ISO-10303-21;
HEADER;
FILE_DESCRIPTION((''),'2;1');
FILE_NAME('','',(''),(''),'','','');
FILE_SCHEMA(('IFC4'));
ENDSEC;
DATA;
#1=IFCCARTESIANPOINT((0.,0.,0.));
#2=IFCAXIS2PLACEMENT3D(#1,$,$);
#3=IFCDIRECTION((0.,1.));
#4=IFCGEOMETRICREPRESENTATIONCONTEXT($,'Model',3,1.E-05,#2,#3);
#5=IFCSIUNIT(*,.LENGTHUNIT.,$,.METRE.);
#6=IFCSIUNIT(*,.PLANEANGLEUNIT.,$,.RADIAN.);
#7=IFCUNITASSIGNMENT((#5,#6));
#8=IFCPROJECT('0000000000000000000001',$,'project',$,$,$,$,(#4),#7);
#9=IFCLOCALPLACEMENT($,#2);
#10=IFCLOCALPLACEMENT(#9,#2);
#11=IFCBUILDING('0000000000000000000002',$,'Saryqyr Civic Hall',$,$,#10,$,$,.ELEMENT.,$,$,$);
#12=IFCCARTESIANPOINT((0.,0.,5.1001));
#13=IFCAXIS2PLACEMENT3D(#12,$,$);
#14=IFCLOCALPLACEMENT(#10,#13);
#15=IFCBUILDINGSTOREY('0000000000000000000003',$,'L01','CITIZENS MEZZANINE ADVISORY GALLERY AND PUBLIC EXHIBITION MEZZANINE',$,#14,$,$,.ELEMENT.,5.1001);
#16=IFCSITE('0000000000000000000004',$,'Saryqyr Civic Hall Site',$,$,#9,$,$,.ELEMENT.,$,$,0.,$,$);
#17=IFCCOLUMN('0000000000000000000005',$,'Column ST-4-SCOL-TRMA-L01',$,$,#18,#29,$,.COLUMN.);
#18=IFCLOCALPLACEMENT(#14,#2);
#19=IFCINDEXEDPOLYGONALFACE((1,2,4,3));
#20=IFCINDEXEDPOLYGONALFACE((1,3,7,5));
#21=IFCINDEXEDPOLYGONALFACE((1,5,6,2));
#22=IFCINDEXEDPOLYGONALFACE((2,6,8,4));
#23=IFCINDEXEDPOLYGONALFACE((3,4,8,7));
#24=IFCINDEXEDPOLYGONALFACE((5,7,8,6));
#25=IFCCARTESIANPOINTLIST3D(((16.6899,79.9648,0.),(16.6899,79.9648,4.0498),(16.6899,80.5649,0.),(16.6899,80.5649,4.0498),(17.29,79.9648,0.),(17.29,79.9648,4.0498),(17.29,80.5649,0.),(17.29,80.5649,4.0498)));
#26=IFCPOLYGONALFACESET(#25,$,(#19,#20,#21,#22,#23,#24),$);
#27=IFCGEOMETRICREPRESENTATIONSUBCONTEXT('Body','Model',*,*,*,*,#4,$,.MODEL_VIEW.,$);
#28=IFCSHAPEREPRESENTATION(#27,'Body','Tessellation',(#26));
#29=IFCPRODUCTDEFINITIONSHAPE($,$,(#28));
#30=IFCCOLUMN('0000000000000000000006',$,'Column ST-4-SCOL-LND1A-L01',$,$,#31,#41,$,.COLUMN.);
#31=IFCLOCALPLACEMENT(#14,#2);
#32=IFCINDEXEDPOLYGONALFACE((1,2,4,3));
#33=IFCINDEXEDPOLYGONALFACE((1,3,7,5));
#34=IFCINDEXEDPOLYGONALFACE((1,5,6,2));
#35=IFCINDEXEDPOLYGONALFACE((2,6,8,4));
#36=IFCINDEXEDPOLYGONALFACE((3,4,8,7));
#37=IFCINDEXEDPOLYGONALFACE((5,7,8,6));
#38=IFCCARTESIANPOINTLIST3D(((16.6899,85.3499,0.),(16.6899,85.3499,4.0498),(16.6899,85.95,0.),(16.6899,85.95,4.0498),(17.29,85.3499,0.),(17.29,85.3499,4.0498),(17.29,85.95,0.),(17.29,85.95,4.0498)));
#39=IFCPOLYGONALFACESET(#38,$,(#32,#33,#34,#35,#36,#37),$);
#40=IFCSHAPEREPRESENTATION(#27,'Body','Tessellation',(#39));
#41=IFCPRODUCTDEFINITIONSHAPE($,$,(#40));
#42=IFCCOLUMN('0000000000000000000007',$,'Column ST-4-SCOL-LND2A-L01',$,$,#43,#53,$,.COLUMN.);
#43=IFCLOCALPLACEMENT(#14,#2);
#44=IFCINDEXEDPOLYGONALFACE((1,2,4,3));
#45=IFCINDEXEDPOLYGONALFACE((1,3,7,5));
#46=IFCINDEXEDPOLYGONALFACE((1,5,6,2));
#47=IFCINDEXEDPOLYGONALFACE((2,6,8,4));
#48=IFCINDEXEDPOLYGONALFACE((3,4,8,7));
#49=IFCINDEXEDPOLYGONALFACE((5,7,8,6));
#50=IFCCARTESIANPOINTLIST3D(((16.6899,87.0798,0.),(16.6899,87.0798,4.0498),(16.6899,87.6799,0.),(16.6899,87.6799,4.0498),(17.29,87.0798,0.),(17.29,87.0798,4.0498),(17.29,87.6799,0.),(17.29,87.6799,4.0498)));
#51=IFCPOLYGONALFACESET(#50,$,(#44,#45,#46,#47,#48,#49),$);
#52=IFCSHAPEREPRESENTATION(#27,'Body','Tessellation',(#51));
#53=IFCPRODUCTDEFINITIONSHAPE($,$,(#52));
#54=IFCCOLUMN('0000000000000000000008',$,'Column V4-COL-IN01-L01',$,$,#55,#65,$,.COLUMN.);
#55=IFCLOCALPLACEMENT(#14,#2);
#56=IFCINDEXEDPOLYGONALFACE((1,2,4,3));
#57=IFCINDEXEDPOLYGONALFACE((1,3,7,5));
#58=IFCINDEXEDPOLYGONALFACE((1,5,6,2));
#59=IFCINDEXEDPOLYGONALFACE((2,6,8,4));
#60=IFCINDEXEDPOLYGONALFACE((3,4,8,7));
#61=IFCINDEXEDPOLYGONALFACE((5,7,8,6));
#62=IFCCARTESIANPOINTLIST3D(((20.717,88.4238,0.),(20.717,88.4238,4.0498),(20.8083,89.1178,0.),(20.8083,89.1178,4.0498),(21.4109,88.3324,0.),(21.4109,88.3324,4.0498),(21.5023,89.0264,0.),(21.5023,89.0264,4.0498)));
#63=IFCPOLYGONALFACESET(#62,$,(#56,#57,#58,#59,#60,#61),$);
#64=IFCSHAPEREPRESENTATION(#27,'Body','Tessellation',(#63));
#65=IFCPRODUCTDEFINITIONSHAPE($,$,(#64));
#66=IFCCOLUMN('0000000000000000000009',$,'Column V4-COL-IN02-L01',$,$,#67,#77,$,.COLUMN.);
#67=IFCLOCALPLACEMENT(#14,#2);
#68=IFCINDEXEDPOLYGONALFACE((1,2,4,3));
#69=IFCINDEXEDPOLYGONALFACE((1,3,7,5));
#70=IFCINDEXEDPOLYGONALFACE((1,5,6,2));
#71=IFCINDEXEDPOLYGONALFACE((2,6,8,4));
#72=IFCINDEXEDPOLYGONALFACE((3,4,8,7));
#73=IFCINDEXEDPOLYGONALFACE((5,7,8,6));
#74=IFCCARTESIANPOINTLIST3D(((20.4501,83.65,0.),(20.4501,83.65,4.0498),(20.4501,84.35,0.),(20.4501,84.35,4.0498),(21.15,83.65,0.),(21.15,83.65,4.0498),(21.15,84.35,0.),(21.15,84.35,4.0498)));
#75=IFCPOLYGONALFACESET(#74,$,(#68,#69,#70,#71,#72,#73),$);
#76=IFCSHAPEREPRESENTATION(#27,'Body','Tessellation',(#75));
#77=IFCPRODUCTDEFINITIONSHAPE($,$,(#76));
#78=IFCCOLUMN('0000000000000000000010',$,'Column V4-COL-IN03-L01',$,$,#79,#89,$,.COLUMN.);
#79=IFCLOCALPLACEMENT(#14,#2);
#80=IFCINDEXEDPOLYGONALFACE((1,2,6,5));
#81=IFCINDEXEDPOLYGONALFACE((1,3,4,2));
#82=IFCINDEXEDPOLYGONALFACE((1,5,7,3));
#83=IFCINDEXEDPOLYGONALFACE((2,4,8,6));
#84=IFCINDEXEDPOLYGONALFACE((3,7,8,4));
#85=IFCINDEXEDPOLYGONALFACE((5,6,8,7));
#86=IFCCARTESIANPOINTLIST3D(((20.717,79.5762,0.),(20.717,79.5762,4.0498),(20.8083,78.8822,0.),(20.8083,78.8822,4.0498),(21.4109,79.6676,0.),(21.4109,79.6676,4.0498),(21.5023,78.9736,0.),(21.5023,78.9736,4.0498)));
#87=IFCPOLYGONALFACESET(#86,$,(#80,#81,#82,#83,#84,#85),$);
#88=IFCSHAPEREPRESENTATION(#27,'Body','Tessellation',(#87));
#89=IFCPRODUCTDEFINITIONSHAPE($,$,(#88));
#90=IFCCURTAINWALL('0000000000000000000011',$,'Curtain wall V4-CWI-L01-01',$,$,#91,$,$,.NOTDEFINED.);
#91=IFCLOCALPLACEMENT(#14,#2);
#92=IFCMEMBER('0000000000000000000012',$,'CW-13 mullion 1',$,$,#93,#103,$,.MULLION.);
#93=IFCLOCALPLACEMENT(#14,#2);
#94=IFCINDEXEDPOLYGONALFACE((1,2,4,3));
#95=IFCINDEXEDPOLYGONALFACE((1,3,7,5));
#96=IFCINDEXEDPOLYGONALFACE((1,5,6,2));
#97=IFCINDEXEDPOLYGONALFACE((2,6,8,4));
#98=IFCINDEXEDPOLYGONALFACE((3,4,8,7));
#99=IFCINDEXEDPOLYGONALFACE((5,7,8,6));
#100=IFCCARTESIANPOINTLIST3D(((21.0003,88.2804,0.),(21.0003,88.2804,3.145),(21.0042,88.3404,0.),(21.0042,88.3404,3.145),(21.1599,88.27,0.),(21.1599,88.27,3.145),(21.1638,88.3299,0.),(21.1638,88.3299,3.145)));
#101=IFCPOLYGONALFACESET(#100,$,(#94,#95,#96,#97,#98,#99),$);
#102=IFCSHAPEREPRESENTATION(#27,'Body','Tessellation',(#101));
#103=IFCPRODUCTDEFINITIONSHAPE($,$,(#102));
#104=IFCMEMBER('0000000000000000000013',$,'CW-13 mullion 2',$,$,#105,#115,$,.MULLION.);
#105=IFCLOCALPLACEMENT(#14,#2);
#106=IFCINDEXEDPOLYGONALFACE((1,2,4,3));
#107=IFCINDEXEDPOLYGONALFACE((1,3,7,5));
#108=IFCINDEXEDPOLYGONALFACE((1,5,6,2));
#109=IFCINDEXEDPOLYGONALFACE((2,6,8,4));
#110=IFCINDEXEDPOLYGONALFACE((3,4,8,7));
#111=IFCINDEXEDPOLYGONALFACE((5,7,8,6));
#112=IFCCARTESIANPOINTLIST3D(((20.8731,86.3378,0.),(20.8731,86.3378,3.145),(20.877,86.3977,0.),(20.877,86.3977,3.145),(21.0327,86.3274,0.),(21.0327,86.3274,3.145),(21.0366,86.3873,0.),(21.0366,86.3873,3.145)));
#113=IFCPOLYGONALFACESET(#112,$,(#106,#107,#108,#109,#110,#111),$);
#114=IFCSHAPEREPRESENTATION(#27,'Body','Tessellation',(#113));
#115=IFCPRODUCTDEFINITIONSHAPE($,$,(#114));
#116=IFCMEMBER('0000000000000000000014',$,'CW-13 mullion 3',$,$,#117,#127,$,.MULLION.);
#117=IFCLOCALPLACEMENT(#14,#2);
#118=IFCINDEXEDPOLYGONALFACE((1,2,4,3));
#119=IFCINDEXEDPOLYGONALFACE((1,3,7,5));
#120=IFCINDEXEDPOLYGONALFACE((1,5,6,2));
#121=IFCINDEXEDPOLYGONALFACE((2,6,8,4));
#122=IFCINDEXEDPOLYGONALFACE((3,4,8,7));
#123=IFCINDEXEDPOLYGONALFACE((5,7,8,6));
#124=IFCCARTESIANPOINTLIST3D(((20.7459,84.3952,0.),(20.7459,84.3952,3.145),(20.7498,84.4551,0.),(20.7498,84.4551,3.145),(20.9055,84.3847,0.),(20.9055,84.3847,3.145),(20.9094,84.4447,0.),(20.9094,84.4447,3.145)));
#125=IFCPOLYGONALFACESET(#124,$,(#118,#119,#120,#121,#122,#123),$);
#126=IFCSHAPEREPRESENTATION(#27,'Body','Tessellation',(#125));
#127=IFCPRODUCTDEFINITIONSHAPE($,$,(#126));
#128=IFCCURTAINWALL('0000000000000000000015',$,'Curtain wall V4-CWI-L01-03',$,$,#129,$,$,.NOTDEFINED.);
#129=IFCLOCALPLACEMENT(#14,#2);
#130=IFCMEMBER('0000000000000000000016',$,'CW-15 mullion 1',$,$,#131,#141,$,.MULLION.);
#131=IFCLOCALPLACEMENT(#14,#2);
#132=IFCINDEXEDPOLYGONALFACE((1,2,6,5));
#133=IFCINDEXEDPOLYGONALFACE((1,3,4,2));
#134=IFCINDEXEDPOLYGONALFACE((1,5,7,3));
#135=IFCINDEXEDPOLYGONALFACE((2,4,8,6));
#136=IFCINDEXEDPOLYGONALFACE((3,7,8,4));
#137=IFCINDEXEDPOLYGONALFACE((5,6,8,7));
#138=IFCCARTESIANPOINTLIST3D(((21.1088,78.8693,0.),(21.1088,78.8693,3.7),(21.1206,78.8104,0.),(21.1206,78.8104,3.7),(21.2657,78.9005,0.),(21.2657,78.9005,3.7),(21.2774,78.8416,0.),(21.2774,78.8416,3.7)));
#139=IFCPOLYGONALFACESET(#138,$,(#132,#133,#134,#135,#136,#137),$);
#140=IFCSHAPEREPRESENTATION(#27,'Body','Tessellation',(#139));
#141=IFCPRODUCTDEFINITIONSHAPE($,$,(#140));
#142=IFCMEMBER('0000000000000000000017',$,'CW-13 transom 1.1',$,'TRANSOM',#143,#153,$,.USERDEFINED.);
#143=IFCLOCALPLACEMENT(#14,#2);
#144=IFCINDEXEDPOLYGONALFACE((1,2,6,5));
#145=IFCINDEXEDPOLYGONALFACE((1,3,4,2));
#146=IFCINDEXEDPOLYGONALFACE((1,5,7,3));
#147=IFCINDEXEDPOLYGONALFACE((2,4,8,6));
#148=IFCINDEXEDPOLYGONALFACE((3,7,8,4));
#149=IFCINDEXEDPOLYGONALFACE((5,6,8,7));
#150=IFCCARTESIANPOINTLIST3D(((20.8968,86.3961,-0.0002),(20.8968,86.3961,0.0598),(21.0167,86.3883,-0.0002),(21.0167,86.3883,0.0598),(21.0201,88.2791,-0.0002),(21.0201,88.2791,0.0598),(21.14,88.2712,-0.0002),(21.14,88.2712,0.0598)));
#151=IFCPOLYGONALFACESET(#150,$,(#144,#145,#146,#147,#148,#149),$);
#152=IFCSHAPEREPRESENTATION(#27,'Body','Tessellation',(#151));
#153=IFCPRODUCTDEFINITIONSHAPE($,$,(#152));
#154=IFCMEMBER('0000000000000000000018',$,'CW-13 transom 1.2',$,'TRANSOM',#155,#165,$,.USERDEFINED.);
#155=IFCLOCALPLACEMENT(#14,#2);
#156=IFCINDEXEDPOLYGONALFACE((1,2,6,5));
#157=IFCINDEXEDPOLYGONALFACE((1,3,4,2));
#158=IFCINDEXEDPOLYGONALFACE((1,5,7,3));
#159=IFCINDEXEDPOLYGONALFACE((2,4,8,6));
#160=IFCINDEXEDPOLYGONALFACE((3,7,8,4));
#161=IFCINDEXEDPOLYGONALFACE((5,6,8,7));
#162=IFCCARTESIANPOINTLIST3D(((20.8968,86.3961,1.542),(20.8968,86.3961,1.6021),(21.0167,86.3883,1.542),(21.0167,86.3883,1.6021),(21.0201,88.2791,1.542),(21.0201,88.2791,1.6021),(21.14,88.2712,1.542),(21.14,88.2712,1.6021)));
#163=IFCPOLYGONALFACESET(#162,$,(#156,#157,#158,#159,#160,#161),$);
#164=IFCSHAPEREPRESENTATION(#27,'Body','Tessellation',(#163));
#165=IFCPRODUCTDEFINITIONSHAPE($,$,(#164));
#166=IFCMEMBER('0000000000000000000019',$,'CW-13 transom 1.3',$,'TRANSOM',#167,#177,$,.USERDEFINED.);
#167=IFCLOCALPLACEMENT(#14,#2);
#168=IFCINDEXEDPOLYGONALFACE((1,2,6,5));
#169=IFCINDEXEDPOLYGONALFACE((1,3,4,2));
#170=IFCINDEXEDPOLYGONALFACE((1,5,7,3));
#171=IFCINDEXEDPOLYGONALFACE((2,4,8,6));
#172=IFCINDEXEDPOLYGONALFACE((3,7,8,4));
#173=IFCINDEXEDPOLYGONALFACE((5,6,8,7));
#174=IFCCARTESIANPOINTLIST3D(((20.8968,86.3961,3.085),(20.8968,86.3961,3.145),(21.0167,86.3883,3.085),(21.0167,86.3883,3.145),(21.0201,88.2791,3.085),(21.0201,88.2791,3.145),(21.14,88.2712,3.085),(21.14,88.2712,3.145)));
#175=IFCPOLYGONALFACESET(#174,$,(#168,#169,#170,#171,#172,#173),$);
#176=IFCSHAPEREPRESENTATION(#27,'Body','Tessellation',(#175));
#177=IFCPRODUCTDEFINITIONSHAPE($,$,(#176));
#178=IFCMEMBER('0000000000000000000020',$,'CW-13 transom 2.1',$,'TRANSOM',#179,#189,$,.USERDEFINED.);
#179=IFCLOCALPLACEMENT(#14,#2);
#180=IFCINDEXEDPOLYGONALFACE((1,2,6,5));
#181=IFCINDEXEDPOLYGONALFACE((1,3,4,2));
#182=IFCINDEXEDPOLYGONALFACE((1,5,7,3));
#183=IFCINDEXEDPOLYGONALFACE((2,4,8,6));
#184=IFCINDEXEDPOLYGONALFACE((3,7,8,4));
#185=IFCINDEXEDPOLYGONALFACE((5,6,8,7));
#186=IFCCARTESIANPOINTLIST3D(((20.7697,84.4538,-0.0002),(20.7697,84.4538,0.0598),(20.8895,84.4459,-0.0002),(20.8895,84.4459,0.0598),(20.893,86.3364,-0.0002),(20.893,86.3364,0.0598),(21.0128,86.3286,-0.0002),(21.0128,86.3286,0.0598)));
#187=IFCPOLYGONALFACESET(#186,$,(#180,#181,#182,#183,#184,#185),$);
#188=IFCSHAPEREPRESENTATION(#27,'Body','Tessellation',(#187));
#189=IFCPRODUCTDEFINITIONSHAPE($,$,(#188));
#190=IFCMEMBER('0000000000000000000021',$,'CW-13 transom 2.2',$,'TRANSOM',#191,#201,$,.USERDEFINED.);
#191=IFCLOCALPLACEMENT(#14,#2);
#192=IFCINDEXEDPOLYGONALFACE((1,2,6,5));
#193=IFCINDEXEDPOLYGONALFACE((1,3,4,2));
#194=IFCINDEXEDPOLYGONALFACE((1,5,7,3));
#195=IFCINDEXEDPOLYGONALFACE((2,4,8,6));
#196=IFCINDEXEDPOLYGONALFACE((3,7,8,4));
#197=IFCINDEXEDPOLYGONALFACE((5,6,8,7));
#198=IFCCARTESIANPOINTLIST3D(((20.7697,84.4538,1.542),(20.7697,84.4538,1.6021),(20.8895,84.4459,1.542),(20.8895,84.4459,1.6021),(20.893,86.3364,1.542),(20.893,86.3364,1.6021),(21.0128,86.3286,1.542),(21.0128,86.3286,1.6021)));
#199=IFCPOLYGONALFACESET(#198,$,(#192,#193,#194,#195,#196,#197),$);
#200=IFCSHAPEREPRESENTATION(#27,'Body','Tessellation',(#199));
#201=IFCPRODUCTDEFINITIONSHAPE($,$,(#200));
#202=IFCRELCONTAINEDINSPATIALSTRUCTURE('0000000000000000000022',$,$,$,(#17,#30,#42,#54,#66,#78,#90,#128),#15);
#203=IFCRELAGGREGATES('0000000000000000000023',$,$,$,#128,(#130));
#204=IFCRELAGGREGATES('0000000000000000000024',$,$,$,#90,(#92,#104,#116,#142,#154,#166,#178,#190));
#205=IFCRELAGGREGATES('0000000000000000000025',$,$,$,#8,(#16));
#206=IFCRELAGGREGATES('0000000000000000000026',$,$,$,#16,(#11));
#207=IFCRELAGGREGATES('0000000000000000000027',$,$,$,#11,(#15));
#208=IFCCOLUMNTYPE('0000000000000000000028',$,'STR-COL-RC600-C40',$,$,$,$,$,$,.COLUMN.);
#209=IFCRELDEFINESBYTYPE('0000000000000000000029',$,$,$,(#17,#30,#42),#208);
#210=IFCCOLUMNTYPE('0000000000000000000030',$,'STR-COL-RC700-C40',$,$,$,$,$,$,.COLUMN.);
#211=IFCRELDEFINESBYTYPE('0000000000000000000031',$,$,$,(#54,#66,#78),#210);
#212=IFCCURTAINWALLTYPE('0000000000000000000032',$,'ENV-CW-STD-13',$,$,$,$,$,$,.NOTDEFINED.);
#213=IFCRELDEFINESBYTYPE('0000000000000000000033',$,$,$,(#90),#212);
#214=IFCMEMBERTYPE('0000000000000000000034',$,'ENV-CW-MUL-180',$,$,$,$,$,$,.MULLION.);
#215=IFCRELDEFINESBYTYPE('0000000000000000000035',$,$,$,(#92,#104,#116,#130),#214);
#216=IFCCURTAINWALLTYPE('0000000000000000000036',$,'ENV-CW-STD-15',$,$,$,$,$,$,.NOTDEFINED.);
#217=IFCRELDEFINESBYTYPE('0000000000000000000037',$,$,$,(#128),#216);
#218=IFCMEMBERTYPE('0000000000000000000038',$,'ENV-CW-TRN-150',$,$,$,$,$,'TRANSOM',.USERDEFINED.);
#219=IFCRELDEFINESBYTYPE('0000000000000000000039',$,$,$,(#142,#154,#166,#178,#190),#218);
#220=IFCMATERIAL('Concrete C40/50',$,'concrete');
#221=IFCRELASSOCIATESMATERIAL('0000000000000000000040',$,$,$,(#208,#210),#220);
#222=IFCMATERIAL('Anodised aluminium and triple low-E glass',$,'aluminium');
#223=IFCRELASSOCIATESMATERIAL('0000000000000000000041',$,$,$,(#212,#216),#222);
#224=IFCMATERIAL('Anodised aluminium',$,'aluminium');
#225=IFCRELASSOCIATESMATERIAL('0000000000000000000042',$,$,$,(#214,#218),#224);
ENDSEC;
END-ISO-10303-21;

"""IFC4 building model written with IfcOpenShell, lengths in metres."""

from ifc_helpers import new_model, si_unit, direction, frame, origin, origin_2d, place, context, subcontext, project, spatial, rectangle, extrude, material, material_profile, profile_set, type_object, element, aggregate, save


model = new_model("IFC4")

# Units and contexts
model_context = context("Model", 3, precision=1e-05, world=origin(), true_north=direction((0.0, 1.0)))
body_context = subcontext(model_context, "Body", "Model", "MODEL_VIEW")
ifc_project = project(units=[si_unit("LENGTHUNIT", "METRE"), si_unit("PLANEANGLEUNIT", "RADIAN")], contexts=[model_context])

# Site, building, storey
site_placement = place(None, origin())
site = spatial("IfcSite", under=ifc_project, at=site_placement, Name="Saryqyr Civic Hall Site", CompositionType="ELEMENT", RefElevation=0.0)
building_placement = place(site_placement, origin())
building = spatial("IfcBuilding", under=site, at=building_placement, Name="Saryqyr Civic Hall", CompositionType="ELEMENT")
storey_placement = place(building_placement, frame((0.0, 0.0, 5.1001)))
storey = spatial("IfcBuildingStorey", under=building, at=storey_placement, Name="L01", Description="CITIZENS MEZZANINE ADVISORY GALLERY AND PUBLIC EXHIBITION MEZZANINE", CompositionType="ELEMENT", Elevation=5.1001)

# Columns
ifc_material_1 = material(Name="Concrete C40/50", Category="concrete")
ifc_material_profile_1 = material_profile(ifc_material_1, rectangle(XDim=0.6001, YDim=0.6001, at=origin_2d()), Name="RC 600x600")
ifc_profile_set_1 = profile_set([ifc_material_profile_1], Name="Concrete C40/50")
column_type_1 = type_object("IfcColumnType", Name="STR-COL-RC600-C40", PredefinedType="COLUMN", material=ifc_profile_set_1)
for number, where, z_axis, x_axis, name in (
    (1, (16.99, 80.2649, 0.0), (0.0, 0.0, 1.0), (1.0, 0.0, 0.0), "Column ST-4-SCOL-TRMA-L01"),
    (2, (16.99, 85.6499, 0.0), (0.0, 0.0, 1.0), (1.0, 0.0, 0.0), "Column ST-4-SCOL-LND1A-L01"),
    (3, (16.99, 87.3799, 0.0), (0.0, 0.0, 1.0), (1.0, 0.0, 0.0), "Column ST-4-SCOL-LND2A-L01"),
):
    element("IfcColumn", number, at=place(storey_placement, frame(where, z_axis=z_axis, x_axis=x_axis)), inside=storey, type_object=column_type_1, Name=name, PredefinedType="COLUMN", context=body_context, shape_type="SweptSolid", body=[
        extrude(rectangle(XDim=0.6001, YDim=0.6001, at=origin_2d()), origin(), (0.0, 0.0, 1.0), 4.0498),
    ])
ifc_material_profile_2 = material_profile(ifc_material_1, rectangle(XDim=0.7, YDim=0.7, at=origin_2d()), Name="RC 700x700")
ifc_profile_set_2 = profile_set([ifc_material_profile_2], Name="Concrete C40/50")
column_type_2 = type_object("IfcColumnType", Name="STR-COL-RC700-C40", PredefinedType="COLUMN", material=ifc_profile_set_2)
for number, where, z_axis, x_axis, name in (
    (4, (21.1096, 88.7251, 0.0), (0.0, 0.0, 1.0), (-0.991445, 0.130526, 0.0), "Column V4-COL-IN01-L01"),
    (5, (20.8, 84.0, 0.0), (0.0, 0.0, 1.0), (-1.0, 0.0, 0.0), "Column V4-COL-IN02-L01"),
    (6, (21.1096, 79.2749, 0.0), (0.0, 0.0, 1.0), (-0.991445, -0.130526, 0.0), "Column V4-COL-IN03-L01"),
):
    element("IfcColumn", number, at=place(storey_placement, frame(where, z_axis=z_axis, x_axis=x_axis)), inside=storey, type_object=column_type_2, Name=name, PredefinedType="COLUMN", context=body_context, shape_type="SweptSolid", body=[
        extrude(rectangle(XDim=0.7, YDim=0.7, at=origin_2d()), origin(), (0.0, 0.0, 1.0), 4.0498),
    ])

# Curtain wall, members
ifc_material_2 = material(Name="Anodised aluminium and triple low-E glass", Category="aluminium")
curtain_wall_type_1 = type_object("IfcCurtainWallType", Name="ENV-CW-STD-13", PredefinedType="NOTDEFINED", material=ifc_material_2)
curtain_wall_1_placement = place(storey_placement, origin())
curtain_wall_1 = element("IfcCurtainWall", 7, at=curtain_wall_1_placement, inside=storey, type_object=curtain_wall_type_1, Name="Curtain wall V4-CWI-L01-01", PredefinedType="NOTDEFINED")
ifc_material_3 = material(Name="Anodised aluminium", Category="aluminium")
ifc_material_profile_3 = material_profile(ifc_material_3, rectangle(XDim=0.0601, YDim=0.1599, at=origin_2d()), Name="ALU MULLION 60x160")
ifc_profile_set_3 = profile_set([ifc_material_profile_3], Name="Anodised aluminium")
member_type_1 = type_object("IfcMemberType", Name="ENV-CW-MUL-180", PredefinedType="MULLION", material=ifc_profile_set_3)
member_1_placement = place(storey_placement, frame((21.082, 88.3052, 0.0), z_axis=(0.0, 0.0, 1.0), x_axis=(-0.065386, -0.99786, 0.0)))
member_1 = element("IfcMember", 8, at=member_1_placement, type_object=member_type_1, Name="CW-13 mullion 1", PredefinedType="MULLION", context=body_context, shape_type="SweptSolid", body=[
    extrude(rectangle(XDim=0.0601, YDim=0.1599, at=origin_2d()), origin(), (0.0, 0.0, 1.0), 3.145),
])
member_2_placement = place(storey_placement, frame((20.9548, 86.3625, 0.0), z_axis=(0.0, 0.0, 1.0), x_axis=(-0.065386, -0.99786, 0.0)))
member_2 = element("IfcMember", 9, at=member_2_placement, type_object=member_type_1, Name="CW-13 mullion 2", PredefinedType="MULLION", context=body_context, shape_type="SweptSolid", body=[
    extrude(rectangle(XDim=0.0601, YDim=0.1599, at=origin_2d()), origin(), (0.0, 0.0, 1.0), 3.145),
])
member_3_placement = place(storey_placement, frame((20.8276, 84.4199, 0.0), z_axis=(0.0, 0.0, 1.0), x_axis=(-0.065386, -0.99786, 0.0)))
member_3 = element("IfcMember", 10, at=member_3_placement, type_object=member_type_1, Name="CW-13 mullion 3", PredefinedType="MULLION", context=body_context, shape_type="SweptSolid", body=[
    extrude(rectangle(XDim=0.0601, YDim=0.1599, at=origin_2d()), origin(), (0.0, 0.0, 1.0), 3.145),
])

# Curtain wall, member
curtain_wall_type_2 = type_object("IfcCurtainWallType", Name="ENV-CW-STD-15", PredefinedType="NOTDEFINED", material=ifc_material_2)
curtain_wall_2_placement = place(storey_placement, origin())
curtain_wall_2 = element("IfcCurtainWall", 11, at=curtain_wall_2_placement, inside=storey, type_object=curtain_wall_type_2, Name="Curtain wall V4-CWI-L01-03", PredefinedType="NOTDEFINED")
member_4_placement = place(storey_placement, frame((21.1931, 78.8555, 0.0), z_axis=(0.0, 0.0, 1.0), x_axis=(0.195087, -0.980786, 0.0)))
member_4 = element("IfcMember", 12, at=member_4_placement, type_object=member_type_1, Name="CW-15 mullion 1", PredefinedType="MULLION", context=body_context, shape_type="SweptSolid", body=[
    extrude(rectangle(XDim=0.0601, YDim=0.1599, at=origin_2d()), origin(), (0.0, 0.0, 1.0), 3.7),
])

# Members
ifc_material_profile_4 = material_profile(ifc_material_3, rectangle(XDim=0.1201, YDim=0.0601, at=origin_2d()), Name="ALU TRANSOM 120x60")
ifc_profile_set_4 = profile_set([ifc_material_profile_4], Name="Anodised aluminium")
member_type_2 = type_object("IfcMemberType", Name="ENV-CW-TRN-150", ElementType="TRANSOM", PredefinedType="USERDEFINED", material=ifc_profile_set_4)
member_5_placement = place(storey_placement, frame((21.0801, 88.2751, 0.0298), z_axis=(-0.065342, -0.997863, 0.0), x_axis=(0.997863, -0.065342, 0.0)))
member_5 = element("IfcMember", 13, at=member_5_placement, type_object=member_type_2, Name="CW-13 transom 1.1", ObjectType="TRANSOM", PredefinedType="USERDEFINED", context=body_context, shape_type="SweptSolid", body=[
    extrude(rectangle(XDim=0.1201, YDim=0.0601, at=origin_2d()), origin(), (0.0, 0.0, 1.0), 1.887),
])
member_6_placement = place(storey_placement, frame((21.0801, 88.2751, 1.572), z_axis=(-0.065342, -0.997863, 0.0), x_axis=(0.997863, -0.065342, 0.0)))
member_6 = element("IfcMember", 14, at=member_6_placement, type_object=member_type_2, Name="CW-13 transom 1.2", ObjectType="TRANSOM", PredefinedType="USERDEFINED", context=body_context, shape_type="SweptSolid", body=[
    extrude(rectangle(XDim=0.1201, YDim=0.0601, at=origin_2d()), origin(), (0.0, 0.0, 1.0), 1.887),
])
member_7_placement = place(storey_placement, frame((21.0801, 88.2751, 3.115), z_axis=(-0.065342, -0.997863, 0.0), x_axis=(0.997863, -0.065342, 0.0)))
member_7 = element("IfcMember", 15, at=member_7_placement, type_object=member_type_2, Name="CW-13 transom 1.3", ObjectType="TRANSOM", PredefinedType="USERDEFINED", context=body_context, shape_type="SweptSolid", body=[
    extrude(rectangle(XDim=0.1201, YDim=0.0601, at=origin_2d()), origin(), (0.0, 0.0, 1.0), 1.887),
])
member_8_placement = place(storey_placement, frame((20.9529, 86.3325, 0.0298), z_axis=(-0.065351, -0.997862, 0.0), x_axis=(0.997862, -0.065351, 0.0)))
member_8 = element("IfcMember", 16, at=member_8_placement, type_object=member_type_2, Name="CW-13 transom 2.1", ObjectType="TRANSOM", PredefinedType="USERDEFINED", context=body_context, shape_type="SweptSolid", body=[
    extrude(rectangle(XDim=0.1201, YDim=0.0601, at=origin_2d()), origin(), (0.0, 0.0, 1.0), 1.8867),
])
member_9_placement = place(storey_placement, frame((20.9529, 86.3325, 1.572), z_axis=(-0.065351, -0.997862, 0.0), x_axis=(0.997862, -0.065351, 0.0)))
member_9 = element("IfcMember", 17, at=member_9_placement, type_object=member_type_2, Name="CW-13 transom 2.2", ObjectType="TRANSOM", PredefinedType="USERDEFINED", context=body_context, shape_type="SweptSolid", body=[
    extrude(rectangle(XDim=0.1201, YDim=0.0601, at=origin_2d()), origin(), (0.0, 0.0, 1.0), 1.8867),
])
aggregate(curtain_wall_2, [member_4])

aggregate(curtain_wall_1, [member_1, member_2, member_3, member_5, member_6, member_7, member_8, member_9])

save(model, "model.ifc")
